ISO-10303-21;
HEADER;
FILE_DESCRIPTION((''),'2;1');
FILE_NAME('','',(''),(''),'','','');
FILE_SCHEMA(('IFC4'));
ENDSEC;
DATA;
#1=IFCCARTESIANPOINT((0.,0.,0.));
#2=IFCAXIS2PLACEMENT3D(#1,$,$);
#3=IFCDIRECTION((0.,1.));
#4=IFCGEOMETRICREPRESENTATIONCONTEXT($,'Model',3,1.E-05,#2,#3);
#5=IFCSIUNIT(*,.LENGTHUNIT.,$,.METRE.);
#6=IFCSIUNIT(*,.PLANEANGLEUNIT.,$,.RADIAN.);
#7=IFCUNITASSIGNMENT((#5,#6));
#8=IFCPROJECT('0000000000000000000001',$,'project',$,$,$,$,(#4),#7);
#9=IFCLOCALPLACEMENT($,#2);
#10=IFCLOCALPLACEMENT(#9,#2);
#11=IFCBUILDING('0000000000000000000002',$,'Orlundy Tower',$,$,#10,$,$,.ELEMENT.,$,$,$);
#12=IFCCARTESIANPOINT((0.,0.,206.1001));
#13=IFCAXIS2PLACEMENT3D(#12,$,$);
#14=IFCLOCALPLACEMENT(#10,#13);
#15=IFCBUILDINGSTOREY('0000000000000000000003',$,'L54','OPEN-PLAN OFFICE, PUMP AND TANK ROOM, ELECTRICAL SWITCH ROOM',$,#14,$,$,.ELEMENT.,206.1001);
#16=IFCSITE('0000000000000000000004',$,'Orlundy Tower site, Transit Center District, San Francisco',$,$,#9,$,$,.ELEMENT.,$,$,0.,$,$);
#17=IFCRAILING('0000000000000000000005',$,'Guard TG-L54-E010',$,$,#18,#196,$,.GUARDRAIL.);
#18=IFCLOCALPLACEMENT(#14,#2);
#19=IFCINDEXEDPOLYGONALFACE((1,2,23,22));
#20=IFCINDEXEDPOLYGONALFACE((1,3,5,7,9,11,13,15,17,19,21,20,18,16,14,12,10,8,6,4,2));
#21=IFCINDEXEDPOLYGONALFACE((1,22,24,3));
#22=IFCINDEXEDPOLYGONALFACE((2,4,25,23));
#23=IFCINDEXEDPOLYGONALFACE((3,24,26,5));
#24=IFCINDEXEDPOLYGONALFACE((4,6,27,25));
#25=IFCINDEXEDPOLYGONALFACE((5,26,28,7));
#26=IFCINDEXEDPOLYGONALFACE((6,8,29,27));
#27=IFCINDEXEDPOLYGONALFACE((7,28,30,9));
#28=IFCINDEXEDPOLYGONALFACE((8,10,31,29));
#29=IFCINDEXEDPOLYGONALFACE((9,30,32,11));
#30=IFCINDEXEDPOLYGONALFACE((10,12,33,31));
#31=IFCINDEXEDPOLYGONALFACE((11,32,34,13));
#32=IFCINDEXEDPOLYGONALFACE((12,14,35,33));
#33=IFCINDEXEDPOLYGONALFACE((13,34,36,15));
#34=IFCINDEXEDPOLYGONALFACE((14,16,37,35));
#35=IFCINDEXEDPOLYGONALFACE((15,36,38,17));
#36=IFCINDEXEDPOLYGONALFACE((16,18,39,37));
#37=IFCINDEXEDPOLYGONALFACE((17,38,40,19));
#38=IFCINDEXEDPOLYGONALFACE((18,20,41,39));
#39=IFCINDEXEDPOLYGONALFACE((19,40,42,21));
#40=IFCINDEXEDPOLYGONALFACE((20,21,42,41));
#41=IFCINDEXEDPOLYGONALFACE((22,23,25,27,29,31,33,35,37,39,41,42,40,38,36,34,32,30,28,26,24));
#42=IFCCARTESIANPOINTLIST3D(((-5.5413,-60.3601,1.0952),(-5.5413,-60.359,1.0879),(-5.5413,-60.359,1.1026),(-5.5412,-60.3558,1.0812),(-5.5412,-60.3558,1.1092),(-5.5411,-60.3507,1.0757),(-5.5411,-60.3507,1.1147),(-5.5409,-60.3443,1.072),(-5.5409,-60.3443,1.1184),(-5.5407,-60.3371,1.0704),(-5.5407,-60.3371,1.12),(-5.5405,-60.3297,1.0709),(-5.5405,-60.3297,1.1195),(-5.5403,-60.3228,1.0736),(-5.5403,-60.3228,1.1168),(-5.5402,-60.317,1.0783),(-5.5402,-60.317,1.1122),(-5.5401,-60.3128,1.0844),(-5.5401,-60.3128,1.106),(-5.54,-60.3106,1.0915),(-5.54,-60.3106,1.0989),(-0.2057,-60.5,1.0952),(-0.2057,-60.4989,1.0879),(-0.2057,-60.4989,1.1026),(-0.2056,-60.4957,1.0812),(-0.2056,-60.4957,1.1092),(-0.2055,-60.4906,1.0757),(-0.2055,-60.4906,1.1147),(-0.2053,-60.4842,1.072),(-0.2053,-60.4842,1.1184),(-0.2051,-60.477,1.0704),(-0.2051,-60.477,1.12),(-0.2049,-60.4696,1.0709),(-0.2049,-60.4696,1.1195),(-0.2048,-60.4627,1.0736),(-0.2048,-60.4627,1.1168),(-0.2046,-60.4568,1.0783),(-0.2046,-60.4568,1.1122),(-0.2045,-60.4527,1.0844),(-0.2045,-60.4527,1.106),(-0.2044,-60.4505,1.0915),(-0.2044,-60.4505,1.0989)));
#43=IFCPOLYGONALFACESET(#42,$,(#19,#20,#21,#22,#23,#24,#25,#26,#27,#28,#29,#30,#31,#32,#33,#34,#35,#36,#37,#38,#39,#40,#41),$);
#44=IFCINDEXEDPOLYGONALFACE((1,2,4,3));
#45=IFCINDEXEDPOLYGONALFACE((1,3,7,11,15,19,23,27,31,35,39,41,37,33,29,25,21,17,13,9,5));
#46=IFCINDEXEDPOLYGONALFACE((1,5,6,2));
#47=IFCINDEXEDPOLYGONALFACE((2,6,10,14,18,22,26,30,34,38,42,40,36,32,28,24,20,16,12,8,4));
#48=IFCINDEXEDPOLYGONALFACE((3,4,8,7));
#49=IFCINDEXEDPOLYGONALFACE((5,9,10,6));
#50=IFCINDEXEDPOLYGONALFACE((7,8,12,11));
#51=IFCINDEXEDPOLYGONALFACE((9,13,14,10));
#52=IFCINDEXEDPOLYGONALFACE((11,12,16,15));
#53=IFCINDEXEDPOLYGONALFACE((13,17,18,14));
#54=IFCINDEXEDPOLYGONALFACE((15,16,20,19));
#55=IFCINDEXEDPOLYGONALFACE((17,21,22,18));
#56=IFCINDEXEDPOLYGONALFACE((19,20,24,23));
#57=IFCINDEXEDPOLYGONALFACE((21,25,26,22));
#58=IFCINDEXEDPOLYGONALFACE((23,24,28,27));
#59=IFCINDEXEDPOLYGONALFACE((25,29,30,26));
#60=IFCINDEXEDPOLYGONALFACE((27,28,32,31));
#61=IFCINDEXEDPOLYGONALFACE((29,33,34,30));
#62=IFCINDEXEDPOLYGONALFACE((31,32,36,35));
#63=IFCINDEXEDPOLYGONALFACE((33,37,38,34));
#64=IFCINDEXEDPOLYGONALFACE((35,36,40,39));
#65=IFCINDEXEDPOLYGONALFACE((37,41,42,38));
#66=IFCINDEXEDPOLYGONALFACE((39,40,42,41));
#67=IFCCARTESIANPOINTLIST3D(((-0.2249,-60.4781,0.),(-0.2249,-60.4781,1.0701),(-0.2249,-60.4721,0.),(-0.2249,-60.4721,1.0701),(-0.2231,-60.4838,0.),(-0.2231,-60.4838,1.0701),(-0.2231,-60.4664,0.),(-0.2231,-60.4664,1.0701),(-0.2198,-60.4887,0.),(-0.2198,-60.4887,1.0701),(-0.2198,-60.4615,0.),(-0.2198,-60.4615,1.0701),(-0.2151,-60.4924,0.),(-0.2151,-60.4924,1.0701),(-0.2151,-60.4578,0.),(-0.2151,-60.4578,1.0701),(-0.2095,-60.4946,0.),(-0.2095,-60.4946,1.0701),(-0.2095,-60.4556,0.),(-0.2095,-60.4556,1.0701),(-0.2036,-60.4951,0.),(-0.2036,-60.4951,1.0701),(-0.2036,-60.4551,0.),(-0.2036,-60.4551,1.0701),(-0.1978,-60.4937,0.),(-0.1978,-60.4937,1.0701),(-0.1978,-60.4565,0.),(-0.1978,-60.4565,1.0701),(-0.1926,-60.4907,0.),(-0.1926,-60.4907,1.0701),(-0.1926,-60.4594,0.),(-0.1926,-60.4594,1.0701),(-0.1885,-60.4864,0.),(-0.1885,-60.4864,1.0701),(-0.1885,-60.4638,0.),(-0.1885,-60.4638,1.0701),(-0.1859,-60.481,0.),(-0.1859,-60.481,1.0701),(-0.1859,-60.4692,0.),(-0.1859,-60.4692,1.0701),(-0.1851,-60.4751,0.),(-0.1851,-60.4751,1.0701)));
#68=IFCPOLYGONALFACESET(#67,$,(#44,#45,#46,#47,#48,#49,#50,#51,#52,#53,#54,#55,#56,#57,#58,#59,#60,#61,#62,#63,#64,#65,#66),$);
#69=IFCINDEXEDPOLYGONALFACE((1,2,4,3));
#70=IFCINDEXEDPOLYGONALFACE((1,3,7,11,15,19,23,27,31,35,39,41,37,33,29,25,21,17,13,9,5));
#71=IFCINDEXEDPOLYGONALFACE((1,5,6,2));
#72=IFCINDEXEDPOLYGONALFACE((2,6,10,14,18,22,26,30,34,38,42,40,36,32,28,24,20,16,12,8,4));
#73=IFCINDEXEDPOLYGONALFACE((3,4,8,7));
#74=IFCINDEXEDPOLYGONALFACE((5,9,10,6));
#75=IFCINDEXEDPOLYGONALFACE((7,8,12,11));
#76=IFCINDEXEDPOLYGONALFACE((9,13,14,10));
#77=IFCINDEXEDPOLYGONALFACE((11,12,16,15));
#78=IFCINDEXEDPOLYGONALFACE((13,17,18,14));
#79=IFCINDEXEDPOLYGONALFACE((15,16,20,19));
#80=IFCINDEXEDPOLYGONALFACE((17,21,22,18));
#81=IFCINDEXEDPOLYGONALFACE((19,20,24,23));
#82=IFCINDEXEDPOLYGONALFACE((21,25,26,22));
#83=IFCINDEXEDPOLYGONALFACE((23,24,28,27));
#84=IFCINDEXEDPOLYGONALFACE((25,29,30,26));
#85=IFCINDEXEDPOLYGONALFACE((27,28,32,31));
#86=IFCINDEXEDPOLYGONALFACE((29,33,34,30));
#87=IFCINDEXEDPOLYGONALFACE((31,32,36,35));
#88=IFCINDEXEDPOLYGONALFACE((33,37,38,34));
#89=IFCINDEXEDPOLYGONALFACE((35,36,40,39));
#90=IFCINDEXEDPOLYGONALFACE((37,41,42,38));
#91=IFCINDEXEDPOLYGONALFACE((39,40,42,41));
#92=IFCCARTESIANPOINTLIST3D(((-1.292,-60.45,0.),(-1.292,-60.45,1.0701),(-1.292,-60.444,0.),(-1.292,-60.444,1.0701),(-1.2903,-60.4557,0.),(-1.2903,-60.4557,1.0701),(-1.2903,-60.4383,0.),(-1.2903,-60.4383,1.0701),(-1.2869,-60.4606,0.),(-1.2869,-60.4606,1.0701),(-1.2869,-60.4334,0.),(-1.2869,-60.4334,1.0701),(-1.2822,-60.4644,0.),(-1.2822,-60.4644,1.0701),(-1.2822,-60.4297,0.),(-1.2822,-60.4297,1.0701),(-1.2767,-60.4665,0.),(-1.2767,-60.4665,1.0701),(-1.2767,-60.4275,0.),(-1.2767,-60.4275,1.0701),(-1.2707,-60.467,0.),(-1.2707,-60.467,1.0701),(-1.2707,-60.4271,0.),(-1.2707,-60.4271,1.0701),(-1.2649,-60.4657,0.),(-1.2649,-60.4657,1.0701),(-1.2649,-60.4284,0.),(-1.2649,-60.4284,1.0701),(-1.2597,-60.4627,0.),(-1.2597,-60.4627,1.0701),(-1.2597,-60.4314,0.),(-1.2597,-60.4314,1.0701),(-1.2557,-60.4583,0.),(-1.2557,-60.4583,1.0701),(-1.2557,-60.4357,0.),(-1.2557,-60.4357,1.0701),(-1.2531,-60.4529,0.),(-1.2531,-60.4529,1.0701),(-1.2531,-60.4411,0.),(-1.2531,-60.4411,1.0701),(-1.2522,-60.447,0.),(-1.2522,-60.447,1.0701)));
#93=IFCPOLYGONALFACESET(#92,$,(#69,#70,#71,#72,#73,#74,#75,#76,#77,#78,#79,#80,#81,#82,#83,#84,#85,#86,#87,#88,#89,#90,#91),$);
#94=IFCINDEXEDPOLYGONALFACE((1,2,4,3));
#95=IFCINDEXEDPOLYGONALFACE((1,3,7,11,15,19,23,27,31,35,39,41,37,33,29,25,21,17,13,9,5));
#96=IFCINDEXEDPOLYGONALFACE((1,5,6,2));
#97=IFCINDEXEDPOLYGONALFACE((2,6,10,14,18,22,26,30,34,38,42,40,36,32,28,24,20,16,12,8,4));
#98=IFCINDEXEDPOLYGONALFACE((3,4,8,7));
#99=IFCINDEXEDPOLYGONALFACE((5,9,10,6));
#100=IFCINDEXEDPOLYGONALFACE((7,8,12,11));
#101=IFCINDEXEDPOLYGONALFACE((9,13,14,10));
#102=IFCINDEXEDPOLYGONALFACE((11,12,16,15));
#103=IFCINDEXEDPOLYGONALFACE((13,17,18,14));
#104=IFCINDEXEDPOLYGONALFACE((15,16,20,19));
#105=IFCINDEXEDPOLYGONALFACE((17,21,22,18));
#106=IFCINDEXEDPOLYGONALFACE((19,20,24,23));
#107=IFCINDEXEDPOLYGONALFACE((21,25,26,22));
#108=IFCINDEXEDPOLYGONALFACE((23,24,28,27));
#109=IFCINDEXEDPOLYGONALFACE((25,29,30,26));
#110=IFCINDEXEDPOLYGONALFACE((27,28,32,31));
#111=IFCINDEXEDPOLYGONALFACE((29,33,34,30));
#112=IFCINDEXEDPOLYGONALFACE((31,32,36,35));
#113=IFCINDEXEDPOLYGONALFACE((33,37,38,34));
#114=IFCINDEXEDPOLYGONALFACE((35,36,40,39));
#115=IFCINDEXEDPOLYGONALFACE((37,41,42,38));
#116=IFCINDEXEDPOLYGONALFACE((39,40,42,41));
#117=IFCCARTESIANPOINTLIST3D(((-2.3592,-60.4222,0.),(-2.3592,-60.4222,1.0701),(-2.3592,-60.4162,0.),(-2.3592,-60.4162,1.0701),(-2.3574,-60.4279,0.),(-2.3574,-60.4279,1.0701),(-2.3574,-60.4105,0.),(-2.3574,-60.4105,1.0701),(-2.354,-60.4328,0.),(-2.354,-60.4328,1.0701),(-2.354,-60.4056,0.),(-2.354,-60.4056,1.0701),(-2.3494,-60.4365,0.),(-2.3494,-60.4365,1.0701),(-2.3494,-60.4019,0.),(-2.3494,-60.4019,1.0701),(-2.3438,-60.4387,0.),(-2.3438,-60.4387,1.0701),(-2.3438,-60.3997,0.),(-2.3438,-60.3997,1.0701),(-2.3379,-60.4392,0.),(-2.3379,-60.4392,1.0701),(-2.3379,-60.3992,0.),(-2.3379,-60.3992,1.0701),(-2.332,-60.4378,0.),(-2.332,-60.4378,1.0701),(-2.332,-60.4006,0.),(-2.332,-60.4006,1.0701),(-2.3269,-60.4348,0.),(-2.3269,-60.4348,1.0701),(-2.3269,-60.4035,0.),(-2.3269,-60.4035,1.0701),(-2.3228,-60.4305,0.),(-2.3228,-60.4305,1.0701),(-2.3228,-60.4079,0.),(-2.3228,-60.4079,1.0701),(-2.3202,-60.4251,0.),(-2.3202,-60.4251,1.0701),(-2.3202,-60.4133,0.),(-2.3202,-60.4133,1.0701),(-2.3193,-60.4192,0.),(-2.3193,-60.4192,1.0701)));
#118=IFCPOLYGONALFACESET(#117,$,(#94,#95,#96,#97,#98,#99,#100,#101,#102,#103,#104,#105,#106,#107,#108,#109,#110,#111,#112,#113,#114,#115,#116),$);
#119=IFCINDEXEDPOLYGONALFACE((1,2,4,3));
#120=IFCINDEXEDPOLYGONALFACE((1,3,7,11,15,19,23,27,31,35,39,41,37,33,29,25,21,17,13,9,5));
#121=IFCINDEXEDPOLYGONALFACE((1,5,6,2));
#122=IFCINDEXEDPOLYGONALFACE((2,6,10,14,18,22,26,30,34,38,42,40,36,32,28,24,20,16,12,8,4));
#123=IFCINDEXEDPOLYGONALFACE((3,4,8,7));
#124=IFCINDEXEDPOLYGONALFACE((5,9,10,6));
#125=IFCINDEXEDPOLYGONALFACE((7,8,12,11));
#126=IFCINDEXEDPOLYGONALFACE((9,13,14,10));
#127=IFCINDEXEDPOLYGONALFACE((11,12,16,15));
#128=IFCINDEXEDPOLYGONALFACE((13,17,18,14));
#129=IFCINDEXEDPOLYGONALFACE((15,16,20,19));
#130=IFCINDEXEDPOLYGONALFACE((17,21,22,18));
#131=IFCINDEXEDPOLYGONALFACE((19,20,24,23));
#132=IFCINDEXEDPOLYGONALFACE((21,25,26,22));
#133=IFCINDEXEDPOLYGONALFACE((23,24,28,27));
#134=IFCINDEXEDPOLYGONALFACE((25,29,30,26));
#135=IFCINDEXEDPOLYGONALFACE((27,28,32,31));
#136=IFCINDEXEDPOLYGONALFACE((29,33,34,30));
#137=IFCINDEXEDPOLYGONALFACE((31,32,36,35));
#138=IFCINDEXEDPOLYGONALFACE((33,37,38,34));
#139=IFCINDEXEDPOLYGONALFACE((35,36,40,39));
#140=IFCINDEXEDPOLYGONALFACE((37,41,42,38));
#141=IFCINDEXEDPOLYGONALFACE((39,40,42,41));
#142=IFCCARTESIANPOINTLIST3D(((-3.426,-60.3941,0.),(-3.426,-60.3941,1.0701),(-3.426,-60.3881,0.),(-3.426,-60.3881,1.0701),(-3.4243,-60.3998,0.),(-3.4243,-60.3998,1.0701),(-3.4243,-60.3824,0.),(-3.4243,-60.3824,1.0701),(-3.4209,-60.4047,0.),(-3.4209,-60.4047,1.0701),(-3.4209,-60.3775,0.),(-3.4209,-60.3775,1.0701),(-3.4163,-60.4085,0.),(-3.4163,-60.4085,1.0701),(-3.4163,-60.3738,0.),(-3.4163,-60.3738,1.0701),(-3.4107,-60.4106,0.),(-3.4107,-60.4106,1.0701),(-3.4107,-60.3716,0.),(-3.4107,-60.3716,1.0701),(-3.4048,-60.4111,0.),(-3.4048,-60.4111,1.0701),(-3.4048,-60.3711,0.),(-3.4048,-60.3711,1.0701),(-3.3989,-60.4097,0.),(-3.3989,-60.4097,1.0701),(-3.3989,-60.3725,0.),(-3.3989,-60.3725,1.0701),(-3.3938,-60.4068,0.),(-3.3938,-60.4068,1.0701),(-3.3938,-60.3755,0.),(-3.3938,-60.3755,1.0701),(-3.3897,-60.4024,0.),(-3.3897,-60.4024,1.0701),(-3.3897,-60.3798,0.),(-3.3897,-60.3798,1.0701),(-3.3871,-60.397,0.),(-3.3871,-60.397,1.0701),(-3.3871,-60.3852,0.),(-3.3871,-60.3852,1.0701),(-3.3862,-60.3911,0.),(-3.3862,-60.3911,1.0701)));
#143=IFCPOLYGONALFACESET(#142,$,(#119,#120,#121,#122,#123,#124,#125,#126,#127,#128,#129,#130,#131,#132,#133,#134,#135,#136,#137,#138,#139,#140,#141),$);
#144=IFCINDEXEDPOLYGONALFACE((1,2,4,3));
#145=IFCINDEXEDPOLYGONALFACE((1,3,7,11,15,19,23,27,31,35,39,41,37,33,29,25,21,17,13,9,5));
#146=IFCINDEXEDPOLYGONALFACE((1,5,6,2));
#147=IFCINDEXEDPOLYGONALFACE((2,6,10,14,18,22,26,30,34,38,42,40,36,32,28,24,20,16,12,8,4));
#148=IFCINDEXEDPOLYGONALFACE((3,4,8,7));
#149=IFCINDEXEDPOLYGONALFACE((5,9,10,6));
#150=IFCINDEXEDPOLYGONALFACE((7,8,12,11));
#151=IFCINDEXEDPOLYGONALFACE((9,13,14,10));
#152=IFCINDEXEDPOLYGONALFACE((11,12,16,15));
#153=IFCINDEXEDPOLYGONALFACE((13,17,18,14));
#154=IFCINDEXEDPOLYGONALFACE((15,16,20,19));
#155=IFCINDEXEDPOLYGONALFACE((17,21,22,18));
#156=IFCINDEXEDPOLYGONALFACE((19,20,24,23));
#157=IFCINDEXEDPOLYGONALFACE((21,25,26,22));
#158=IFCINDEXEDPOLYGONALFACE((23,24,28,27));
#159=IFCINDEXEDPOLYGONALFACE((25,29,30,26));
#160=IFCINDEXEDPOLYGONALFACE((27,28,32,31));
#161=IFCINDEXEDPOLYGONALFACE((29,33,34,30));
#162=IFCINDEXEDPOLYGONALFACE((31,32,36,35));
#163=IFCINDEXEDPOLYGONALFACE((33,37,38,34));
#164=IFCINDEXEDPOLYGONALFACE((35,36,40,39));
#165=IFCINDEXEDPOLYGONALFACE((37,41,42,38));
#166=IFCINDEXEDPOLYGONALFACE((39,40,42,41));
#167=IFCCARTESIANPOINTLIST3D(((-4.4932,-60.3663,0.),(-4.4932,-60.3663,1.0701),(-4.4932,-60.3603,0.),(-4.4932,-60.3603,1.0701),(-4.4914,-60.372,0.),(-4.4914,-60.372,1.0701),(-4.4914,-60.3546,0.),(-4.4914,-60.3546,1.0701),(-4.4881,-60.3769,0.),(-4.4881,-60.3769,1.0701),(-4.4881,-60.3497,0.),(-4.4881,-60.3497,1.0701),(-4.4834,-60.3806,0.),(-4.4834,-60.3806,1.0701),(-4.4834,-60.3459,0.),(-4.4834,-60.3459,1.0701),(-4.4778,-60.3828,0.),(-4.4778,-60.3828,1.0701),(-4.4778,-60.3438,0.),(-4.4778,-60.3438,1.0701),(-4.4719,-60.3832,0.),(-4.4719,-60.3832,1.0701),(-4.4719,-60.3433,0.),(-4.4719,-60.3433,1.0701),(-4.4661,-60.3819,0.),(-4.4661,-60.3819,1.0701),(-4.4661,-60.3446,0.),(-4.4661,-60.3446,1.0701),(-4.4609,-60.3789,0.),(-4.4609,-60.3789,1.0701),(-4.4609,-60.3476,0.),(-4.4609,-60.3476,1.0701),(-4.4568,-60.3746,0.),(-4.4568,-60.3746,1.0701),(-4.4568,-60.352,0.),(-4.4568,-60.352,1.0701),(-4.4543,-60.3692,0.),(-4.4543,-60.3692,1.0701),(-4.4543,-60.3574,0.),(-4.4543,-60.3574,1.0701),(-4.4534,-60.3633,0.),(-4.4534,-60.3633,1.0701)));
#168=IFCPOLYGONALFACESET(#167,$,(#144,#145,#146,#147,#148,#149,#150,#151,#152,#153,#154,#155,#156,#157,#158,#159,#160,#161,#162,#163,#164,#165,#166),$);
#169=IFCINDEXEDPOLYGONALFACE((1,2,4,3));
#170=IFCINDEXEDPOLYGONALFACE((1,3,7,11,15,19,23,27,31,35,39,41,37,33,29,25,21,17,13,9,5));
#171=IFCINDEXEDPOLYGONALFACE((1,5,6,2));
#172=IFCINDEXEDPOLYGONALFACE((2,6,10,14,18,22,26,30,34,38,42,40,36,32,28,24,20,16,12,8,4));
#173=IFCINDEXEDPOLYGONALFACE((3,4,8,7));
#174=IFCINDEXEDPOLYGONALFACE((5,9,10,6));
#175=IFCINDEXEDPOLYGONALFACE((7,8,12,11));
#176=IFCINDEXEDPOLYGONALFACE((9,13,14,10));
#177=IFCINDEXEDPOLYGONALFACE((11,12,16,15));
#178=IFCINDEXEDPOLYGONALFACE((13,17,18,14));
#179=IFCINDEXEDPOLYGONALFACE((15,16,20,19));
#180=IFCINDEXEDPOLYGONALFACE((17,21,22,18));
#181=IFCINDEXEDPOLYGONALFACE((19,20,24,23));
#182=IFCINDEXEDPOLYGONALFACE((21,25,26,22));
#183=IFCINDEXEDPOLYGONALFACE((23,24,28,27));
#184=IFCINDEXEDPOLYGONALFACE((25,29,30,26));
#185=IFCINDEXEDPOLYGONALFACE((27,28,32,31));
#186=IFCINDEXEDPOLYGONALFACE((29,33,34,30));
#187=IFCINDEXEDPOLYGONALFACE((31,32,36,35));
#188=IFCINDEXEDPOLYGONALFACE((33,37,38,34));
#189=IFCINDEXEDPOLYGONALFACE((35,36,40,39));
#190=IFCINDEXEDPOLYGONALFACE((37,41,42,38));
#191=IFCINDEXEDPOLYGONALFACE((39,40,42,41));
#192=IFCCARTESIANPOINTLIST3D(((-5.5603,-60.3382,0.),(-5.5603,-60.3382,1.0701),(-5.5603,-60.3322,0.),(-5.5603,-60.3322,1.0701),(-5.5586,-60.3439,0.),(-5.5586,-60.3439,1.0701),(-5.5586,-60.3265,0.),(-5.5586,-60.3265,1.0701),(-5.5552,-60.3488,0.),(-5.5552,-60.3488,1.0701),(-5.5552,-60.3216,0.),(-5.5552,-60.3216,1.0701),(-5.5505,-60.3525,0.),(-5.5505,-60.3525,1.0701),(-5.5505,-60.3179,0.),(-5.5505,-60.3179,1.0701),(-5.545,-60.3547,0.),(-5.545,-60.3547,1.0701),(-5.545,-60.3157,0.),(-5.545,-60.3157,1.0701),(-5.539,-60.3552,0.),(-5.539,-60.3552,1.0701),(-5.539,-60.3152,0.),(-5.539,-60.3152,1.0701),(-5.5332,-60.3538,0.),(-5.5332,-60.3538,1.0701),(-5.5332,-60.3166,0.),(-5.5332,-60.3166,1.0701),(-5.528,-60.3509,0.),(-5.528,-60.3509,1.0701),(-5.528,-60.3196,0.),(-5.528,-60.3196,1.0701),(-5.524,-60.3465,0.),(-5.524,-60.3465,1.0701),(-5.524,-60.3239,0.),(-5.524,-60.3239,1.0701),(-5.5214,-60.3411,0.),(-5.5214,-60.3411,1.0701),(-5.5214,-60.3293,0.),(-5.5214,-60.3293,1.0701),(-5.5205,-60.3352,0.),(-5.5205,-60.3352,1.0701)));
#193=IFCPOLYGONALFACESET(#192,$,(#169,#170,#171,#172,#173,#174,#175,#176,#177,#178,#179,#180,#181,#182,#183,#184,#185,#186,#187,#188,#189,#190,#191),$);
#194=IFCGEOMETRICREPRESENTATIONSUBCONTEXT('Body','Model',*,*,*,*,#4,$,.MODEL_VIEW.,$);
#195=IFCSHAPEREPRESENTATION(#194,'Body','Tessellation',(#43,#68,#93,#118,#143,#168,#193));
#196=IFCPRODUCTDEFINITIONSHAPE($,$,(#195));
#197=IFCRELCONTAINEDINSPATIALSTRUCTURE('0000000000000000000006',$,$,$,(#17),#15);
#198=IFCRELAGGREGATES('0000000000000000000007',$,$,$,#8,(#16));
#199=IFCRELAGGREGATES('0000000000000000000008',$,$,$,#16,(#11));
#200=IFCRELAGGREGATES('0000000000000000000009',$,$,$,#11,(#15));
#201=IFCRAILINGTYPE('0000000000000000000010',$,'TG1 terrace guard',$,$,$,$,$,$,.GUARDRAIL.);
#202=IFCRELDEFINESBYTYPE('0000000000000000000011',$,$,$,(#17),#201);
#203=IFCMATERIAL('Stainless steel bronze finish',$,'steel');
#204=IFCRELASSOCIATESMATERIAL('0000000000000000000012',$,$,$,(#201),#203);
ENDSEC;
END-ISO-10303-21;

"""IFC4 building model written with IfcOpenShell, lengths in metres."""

from ifc_helpers import new_model, si_unit, direction, frame, origin, origin_2d, place, context, subcontext, project, spatial, circle, extrude, material, type_object, element, save


model = new_model("IFC4")

# Units and contexts
model_context = context("Model", 3, precision=1e-05, world=origin(), true_north=direction((0.0, 1.0)))
body_context = subcontext(model_context, "Body", "Model", "MODEL_VIEW")
ifc_project = project(units=[si_unit("LENGTHUNIT", "METRE"), si_unit("PLANEANGLEUNIT", "RADIAN")], contexts=[model_context])

# Site, building, storey
site_placement = place(None, origin())
site = spatial("IfcSite", under=ifc_project, at=site_placement, Name="Orlundy Tower site, Transit Center District, San Francisco", CompositionType="ELEMENT", RefElevation=0.0)
building_placement = place(site_placement, origin())
building = spatial("IfcBuilding", under=site, at=building_placement, Name="Orlundy Tower", CompositionType="ELEMENT")
storey_placement = place(building_placement, frame((0.0, 0.0, 206.1001)))
storey = spatial("IfcBuildingStorey", under=building, at=storey_placement, Name="L54", Description="OPEN-PLAN OFFICE, PUMP AND TANK ROOM, ELECTRICAL SWITCH ROOM", CompositionType="ELEMENT", Elevation=206.1001)

# Railing
ifc_material_1 = material(Name="Stainless steel bronze finish", Category="steel")
railing_type = type_object("IfcRailingType", Name="TG1 terrace guard", PredefinedType="GUARDRAIL", material=ifc_material_1)
railing_1_placement = place(storey_placement, frame((-0.2051, -60.4751, 0.0)))
element("IfcRailing", 1, at=railing_1_placement, inside=storey, type_object=railing_type, Name="Guard TG-L54-E010", PredefinedType="GUARDRAIL", context=body_context, shape_type="SweptSolid", body=[
    extrude(circle(Radius=0.0249, at=origin_2d()), frame((0.0, 0.0, 1.0952), z_axis=(-0.999656, 0.02621, 0.0), x_axis=(-0.02621, -0.999656, 0.0)), (0.0, 0.0, 1.0), 5.3374),
    extrude(circle(Radius=0.02, at=origin_2d()), origin(), (0.0, 0.0, 1.0), 1.0701),
    extrude(circle(Radius=0.02, at=origin_2d()), frame((-1.0671, 0.0281, 0.0)), (0.0, 0.0, 1.0), 1.0701),
    extrude(circle(Radius=0.02, at=origin_2d()), frame((-2.1343, 0.0559, 0.0)), (0.0, 0.0, 1.0), 1.0701),
    extrude(circle(Radius=0.02, at=origin_2d()), frame((-3.2012, 0.084, 0.0)), (0.0, 0.0, 1.0), 1.0701),
    extrude(circle(Radius=0.02, at=origin_2d()), frame((-4.2683, 0.1118, 0.0)), (0.0, 0.0, 1.0), 1.0701),
    extrude(circle(Radius=0.02, at=origin_2d()), frame((-5.3354, 0.1399, 0.0)), (0.0, 0.0, 1.0), 1.0701),
])

save(model, "model.ifc")
